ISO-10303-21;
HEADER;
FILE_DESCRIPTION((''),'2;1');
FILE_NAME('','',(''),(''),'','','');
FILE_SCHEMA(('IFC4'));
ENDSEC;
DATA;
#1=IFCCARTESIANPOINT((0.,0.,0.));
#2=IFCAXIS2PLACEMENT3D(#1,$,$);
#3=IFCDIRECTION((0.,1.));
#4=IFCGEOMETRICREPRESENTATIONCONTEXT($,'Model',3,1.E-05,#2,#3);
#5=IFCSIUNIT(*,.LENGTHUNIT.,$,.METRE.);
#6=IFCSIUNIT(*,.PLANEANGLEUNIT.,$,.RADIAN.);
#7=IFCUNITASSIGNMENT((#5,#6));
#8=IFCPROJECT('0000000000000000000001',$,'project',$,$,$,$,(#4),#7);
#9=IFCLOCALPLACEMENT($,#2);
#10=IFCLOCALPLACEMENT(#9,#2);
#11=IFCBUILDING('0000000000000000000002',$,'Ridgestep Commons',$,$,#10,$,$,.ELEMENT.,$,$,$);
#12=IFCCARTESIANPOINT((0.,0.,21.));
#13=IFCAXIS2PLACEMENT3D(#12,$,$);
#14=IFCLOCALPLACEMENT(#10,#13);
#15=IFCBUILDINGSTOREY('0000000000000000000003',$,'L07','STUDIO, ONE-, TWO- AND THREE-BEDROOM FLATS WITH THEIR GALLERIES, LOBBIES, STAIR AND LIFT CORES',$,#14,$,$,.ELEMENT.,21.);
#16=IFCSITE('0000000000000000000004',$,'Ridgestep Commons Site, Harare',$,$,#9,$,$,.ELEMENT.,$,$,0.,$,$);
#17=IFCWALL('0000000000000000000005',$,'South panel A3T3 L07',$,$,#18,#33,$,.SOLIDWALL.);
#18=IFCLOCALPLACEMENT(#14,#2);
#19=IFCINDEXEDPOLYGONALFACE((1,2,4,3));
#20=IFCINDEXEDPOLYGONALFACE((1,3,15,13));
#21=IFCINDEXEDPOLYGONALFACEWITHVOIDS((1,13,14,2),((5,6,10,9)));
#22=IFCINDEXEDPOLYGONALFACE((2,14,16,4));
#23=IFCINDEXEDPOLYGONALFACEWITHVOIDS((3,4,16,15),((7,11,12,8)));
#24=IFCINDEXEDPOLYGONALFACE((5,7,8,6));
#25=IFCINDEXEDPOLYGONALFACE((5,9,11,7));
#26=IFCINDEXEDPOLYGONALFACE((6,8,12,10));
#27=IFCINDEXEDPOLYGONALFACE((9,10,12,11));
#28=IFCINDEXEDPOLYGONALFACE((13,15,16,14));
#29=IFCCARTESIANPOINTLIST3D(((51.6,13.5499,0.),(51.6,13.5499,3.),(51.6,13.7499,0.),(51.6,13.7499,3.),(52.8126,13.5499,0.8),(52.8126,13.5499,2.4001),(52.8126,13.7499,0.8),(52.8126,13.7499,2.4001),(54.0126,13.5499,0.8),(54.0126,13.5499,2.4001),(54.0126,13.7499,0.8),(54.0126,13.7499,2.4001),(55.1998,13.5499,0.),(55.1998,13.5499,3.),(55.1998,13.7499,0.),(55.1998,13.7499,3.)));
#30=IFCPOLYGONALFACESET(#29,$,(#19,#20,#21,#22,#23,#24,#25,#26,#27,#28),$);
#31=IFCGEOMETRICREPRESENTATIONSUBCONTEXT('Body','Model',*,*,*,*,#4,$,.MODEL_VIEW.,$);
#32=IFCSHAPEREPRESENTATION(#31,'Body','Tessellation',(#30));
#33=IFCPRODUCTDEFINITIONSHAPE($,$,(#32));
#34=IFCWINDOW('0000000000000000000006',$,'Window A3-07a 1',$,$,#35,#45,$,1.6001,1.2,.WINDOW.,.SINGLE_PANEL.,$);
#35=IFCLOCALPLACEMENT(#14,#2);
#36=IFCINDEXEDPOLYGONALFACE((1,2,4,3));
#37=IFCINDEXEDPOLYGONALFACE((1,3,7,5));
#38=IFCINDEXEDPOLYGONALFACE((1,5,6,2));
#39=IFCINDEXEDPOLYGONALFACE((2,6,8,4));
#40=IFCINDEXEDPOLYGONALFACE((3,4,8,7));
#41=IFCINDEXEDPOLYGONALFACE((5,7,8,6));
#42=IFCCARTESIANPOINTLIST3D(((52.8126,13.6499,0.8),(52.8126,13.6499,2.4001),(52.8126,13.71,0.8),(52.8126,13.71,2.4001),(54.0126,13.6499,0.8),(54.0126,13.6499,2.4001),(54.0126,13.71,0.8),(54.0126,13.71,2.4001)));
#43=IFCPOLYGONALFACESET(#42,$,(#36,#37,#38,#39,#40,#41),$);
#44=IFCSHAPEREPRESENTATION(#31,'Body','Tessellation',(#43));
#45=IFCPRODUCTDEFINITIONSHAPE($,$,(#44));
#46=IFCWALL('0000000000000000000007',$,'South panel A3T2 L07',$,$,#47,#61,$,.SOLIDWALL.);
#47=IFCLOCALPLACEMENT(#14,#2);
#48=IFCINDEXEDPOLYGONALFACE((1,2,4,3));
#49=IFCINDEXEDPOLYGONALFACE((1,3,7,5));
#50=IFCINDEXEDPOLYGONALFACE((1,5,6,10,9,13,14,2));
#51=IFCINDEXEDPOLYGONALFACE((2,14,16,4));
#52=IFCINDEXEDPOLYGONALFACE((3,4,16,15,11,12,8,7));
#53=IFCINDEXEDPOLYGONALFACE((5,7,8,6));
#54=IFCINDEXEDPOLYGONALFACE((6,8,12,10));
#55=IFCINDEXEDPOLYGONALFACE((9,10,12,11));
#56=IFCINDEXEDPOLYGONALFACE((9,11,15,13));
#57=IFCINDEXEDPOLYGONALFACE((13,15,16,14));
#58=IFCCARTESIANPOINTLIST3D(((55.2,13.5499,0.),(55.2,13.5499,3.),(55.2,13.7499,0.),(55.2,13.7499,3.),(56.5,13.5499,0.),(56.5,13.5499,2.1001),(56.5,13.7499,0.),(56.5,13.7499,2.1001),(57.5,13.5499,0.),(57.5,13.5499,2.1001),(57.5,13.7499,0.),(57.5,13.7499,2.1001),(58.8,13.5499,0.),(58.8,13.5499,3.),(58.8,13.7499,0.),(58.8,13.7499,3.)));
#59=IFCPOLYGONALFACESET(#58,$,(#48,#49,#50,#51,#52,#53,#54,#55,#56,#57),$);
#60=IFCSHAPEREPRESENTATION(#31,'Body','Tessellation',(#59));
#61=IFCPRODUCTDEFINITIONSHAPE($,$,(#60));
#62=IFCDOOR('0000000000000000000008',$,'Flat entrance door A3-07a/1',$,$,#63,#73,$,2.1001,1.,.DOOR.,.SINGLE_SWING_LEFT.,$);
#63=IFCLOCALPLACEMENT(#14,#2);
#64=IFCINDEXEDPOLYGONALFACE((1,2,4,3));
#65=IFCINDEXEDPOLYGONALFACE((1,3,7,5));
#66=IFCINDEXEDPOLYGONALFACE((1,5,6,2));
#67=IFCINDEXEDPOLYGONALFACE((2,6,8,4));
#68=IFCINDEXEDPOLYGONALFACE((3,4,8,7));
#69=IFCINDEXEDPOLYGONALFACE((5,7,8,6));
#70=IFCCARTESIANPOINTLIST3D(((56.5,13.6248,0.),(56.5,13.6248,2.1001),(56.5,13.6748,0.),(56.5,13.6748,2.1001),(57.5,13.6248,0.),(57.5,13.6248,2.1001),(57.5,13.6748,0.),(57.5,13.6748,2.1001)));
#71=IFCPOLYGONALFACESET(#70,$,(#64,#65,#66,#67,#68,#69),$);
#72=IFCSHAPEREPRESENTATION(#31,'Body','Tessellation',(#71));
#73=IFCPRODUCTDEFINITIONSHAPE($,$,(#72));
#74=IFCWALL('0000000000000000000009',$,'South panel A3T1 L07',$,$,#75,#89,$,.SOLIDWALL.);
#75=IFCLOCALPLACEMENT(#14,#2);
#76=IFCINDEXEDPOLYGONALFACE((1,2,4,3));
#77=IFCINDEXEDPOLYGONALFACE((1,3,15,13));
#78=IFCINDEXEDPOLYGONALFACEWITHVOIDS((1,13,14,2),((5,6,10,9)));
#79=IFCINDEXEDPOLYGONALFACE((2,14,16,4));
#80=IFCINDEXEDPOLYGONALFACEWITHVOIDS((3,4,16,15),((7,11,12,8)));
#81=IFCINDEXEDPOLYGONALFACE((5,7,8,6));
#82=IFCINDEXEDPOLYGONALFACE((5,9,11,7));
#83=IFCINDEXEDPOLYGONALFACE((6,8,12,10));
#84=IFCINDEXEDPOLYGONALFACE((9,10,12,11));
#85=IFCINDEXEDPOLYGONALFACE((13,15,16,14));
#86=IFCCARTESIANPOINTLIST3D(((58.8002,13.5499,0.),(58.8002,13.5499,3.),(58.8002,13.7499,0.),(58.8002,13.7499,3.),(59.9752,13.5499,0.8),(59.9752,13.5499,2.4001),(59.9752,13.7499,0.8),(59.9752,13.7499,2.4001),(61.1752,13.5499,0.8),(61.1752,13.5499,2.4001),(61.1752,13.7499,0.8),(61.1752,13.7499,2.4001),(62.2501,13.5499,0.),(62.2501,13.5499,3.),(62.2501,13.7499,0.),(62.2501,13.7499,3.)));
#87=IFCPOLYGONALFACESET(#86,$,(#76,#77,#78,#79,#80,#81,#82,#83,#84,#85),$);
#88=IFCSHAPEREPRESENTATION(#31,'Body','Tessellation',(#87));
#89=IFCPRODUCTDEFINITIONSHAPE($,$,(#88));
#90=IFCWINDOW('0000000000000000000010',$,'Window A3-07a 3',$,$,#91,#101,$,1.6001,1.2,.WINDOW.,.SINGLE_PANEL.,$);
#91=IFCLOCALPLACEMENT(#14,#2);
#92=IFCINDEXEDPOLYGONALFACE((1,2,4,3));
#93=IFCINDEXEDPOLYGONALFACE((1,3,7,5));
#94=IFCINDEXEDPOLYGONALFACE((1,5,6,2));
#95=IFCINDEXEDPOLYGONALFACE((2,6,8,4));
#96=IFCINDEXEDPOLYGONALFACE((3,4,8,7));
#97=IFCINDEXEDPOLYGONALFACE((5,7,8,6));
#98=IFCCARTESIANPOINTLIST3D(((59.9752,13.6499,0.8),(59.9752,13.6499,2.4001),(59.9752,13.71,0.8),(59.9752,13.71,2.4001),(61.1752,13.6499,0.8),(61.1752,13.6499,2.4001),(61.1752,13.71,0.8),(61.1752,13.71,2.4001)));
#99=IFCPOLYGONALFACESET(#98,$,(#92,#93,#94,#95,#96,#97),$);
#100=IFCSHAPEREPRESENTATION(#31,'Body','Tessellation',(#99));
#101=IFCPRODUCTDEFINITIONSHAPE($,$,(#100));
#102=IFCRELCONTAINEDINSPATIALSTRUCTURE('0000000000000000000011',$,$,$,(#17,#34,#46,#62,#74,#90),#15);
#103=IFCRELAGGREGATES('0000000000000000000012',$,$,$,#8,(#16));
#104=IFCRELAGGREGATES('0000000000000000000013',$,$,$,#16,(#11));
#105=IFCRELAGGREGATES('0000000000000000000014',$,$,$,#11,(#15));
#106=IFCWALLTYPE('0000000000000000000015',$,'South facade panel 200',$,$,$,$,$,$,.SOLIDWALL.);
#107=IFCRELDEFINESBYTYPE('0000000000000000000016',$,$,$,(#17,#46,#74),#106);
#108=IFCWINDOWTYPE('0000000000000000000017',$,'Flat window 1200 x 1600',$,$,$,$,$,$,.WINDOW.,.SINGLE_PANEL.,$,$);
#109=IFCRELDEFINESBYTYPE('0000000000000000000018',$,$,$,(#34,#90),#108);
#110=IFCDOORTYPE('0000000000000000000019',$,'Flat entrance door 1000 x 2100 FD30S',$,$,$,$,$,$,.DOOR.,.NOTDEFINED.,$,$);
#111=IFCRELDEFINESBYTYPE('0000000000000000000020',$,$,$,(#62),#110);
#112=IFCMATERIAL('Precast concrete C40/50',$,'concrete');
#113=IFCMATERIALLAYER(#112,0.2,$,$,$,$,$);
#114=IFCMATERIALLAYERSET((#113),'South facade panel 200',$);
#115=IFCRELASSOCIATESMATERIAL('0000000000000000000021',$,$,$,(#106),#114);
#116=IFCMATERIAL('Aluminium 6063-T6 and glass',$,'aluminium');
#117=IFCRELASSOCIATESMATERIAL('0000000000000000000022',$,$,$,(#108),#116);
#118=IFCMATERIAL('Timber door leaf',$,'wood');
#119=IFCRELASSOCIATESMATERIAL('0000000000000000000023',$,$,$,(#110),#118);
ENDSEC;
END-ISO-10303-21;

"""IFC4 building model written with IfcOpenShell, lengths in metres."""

from ifc_helpers import new_model, si_unit, direction, frame, frame_2d, origin, place, context, subcontext, project, spatial, rectangle, extrude, material, layer, layer_set, type_object, element, fill, save


model = new_model("IFC4")

# Units and contexts
model_context = context("Model", 3, precision=1e-05, world=origin(), true_north=direction((0.0, 1.0)))
body_context = subcontext(model_context, "Body", "Model", "MODEL_VIEW")
ifc_project = project(units=[si_unit("LENGTHUNIT", "METRE"), si_unit("PLANEANGLEUNIT", "RADIAN")], contexts=[model_context])

# Site, building, storey
site_placement = place(None, origin())
site = spatial("IfcSite", under=ifc_project, at=site_placement, Name="Ridgestep Commons Site, Harare", CompositionType="ELEMENT", RefElevation=0.0)
building_placement = place(site_placement, origin())
building = spatial("IfcBuilding", under=site, at=building_placement, Name="Ridgestep Commons", CompositionType="ELEMENT")
storey_placement = place(building_placement, frame((0.0, 0.0, 21.0)))
storey = spatial("IfcBuildingStorey", under=building, at=storey_placement, Name="L07", Description="STUDIO, ONE-, TWO- AND THREE-BEDROOM FLATS WITH THEIR GALLERIES, LOBBIES, STAIR AND LIFT CORES", CompositionType="ELEMENT", Elevation=21.0)

# Wall, opening, window
ifc_material_1 = material(Name="Precast concrete C40/50", Category="concrete")
ifc_layer_1 = layer(ifc_material_1, 0.2)
ifc_layer_set_1 = layer_set([ifc_layer_1], Name="South facade panel 200")
wall_type_1 = type_object("IfcWallType", Name="South facade panel 200", PredefinedType="SOLIDWALL", material=ifc_layer_set_1)
wall_1_placement = place(storey_placement, frame((51.6001, 13.6499, 0.0), z_axis=(0.0, 0.0, 1.0), x_axis=(1.0, 0.0, 0.0)))
wall_1 = element("IfcWall", 1, at=wall_1_placement, inside=storey, type_object=wall_type_1, Name="South panel A3T3 L07", PredefinedType="SOLIDWALL", context=body_context, shape_type="SweptSolid", body=[
    extrude(rectangle(XDim=3.5999, YDim=0.2, at=frame_2d((1.7998, 0.0))), origin(), (0.0, 0.0, 1.0), 3.0),
])
opening_1_placement = place(wall_1_placement, frame((1.2124, 0.0, 0.8)))
opening_1 = element("IfcOpeningElement", 2, at=opening_1_placement, cuts=wall_1, PredefinedType="OPENING", context=body_context, shape_type="SweptSolid", body=[
    extrude(rectangle(XDim=1.2, YDim=1.6001, at=frame_2d((0.6001, 0.8))), frame((0.0, 0.1099, 0.0), z_axis=(0.0, -1.0, 0.0), x_axis=(1.0, 0.0, 0.0)), (0.0, 0.0, 1.0), 0.22),
])
ifc_material_2 = material(Name="Aluminium 6063-T6 and glass", Category="aluminium")
window_type = type_object("IfcWindowType", Name="Flat window 1200 x 1600", PartitioningType="SINGLE_PANEL", PredefinedType="WINDOW", material=ifc_material_2)
window_1_placement = place(opening_1_placement, origin())
window_1 = element("IfcWindow", 3, at=window_1_placement, inside=storey, type_object=window_type, Name="Window A3-07a 1", OverallHeight=1.6001, OverallWidth=1.2, PartitioningType="SINGLE_PANEL", PredefinedType="WINDOW", context=body_context, shape_type="SweptSolid", body=[
    extrude(rectangle(XDim=1.2, YDim=1.6001, at=frame_2d((0.6001, 0.8))), frame((0.0, 0.0601, 0.0), z_axis=(0.0, -1.0, 0.0), x_axis=(1.0, 0.0, 0.0)), (0.0, 0.0, 1.0), 0.0601),
])
fill(opening_1, window_1)

# Wall, opening, door
wall_2_placement = place(storey_placement, frame((55.2, 13.6499, 0.0), z_axis=(0.0, 0.0, 1.0), x_axis=(1.0, 0.0, 0.0)))
wall_2 = element("IfcWall", 4, at=wall_2_placement, inside=storey, type_object=wall_type_1, Name="South panel A3T2 L07", PredefinedType="SOLIDWALL", context=body_context, shape_type="SweptSolid", body=[
    extrude(rectangle(XDim=3.6001, YDim=0.2, at=frame_2d((1.8, 0.0))), origin(), (0.0, 0.0, 1.0), 3.0),
])
opening_2_placement = place(wall_2_placement, frame((1.3, 0.0, 0.0)))
opening_2 = element("IfcOpeningElement", 5, at=opening_2_placement, cuts=wall_2, PredefinedType="OPENING", context=body_context, shape_type="SweptSolid", body=[
    extrude(rectangle(XDim=1.0, YDim=2.1001, at=frame_2d((0.5, 1.05))), frame((0.0, 0.1099, 0.0), z_axis=(0.0, -1.0, 0.0), x_axis=(1.0, 0.0, 0.0)), (0.0, 0.0, 1.0), 0.22),
])
ifc_material_3 = material(Name="Timber door leaf", Category="wood")
door_type_1 = type_object("IfcDoorType", Name="Flat entrance door 1000 x 2100 FD30S", OperationType="NOTDEFINED", PredefinedType="DOOR", material=ifc_material_3)
door_1_placement = place(opening_2_placement, origin())
door_1 = element("IfcDoor", 6, at=door_1_placement, inside=storey, type_object=door_type_1, Name="Flat entrance door A3-07a/1", OperationType="SINGLE_SWING_LEFT", OverallHeight=2.1001, OverallWidth=1.0, PredefinedType="DOOR", context=body_context, shape_type="SweptSolid", body=[
    extrude(rectangle(XDim=1.0, YDim=2.1001, at=frame_2d((0.5, 1.05))), frame((0.0, 0.0249, 0.0), z_axis=(0.0, -1.0, 0.0), x_axis=(1.0, 0.0, 0.0)), (0.0, 0.0, 1.0), 0.05),
])
fill(opening_2, door_1)

# Wall, opening, window
wall_3_placement = place(storey_placement, frame((58.8, 13.6499, 0.0), z_axis=(0.0, 0.0, 1.0), x_axis=(1.0, 0.0, 0.0)))
wall_3 = element("IfcWall", 7, at=wall_3_placement, inside=storey, type_object=wall_type_1, Name="South panel A3T1 L07", PredefinedType="SOLIDWALL", context=body_context, shape_type="SweptSolid", body=[
    extrude(rectangle(XDim=3.45, YDim=0.2, at=frame_2d((1.7251, 0.0))), origin(), (0.0, 0.0, 1.0), 3.0),
])
opening_3_placement = place(wall_3_placement, frame((1.175, 0.0, 0.8)))
opening_3 = element("IfcOpeningElement", 8, at=opening_3_placement, cuts=wall_3, PredefinedType="OPENING", context=body_context, shape_type="SweptSolid", body=[
    extrude(rectangle(XDim=1.2, YDim=1.6001, at=frame_2d((0.6001, 0.8))), frame((0.0, 0.1099, 0.0), z_axis=(0.0, -1.0, 0.0), x_axis=(1.0, 0.0, 0.0)), (0.0, 0.0, 1.0), 0.22),
])
window_2_placement = place(opening_3_placement, origin())
window_2 = element("IfcWindow", 9, at=window_2_placement, inside=storey, type_object=window_type, Name="Window A3-07a 3", OverallHeight=1.6001, OverallWidth=1.2, PartitioningType="SINGLE_PANEL", PredefinedType="WINDOW", context=body_context, shape_type="SweptSolid", body=[
    extrude(rectangle(XDim=1.2, YDim=1.6001, at=frame_2d((0.6001, 0.8))), frame((0.0, 0.0601, 0.0), z_axis=(0.0, -1.0, 0.0), x_axis=(1.0, 0.0, 0.0)), (0.0, 0.0, 1.0), 0.0601),
])
fill(opening_3, window_2)

save(model, "model.ifc")
